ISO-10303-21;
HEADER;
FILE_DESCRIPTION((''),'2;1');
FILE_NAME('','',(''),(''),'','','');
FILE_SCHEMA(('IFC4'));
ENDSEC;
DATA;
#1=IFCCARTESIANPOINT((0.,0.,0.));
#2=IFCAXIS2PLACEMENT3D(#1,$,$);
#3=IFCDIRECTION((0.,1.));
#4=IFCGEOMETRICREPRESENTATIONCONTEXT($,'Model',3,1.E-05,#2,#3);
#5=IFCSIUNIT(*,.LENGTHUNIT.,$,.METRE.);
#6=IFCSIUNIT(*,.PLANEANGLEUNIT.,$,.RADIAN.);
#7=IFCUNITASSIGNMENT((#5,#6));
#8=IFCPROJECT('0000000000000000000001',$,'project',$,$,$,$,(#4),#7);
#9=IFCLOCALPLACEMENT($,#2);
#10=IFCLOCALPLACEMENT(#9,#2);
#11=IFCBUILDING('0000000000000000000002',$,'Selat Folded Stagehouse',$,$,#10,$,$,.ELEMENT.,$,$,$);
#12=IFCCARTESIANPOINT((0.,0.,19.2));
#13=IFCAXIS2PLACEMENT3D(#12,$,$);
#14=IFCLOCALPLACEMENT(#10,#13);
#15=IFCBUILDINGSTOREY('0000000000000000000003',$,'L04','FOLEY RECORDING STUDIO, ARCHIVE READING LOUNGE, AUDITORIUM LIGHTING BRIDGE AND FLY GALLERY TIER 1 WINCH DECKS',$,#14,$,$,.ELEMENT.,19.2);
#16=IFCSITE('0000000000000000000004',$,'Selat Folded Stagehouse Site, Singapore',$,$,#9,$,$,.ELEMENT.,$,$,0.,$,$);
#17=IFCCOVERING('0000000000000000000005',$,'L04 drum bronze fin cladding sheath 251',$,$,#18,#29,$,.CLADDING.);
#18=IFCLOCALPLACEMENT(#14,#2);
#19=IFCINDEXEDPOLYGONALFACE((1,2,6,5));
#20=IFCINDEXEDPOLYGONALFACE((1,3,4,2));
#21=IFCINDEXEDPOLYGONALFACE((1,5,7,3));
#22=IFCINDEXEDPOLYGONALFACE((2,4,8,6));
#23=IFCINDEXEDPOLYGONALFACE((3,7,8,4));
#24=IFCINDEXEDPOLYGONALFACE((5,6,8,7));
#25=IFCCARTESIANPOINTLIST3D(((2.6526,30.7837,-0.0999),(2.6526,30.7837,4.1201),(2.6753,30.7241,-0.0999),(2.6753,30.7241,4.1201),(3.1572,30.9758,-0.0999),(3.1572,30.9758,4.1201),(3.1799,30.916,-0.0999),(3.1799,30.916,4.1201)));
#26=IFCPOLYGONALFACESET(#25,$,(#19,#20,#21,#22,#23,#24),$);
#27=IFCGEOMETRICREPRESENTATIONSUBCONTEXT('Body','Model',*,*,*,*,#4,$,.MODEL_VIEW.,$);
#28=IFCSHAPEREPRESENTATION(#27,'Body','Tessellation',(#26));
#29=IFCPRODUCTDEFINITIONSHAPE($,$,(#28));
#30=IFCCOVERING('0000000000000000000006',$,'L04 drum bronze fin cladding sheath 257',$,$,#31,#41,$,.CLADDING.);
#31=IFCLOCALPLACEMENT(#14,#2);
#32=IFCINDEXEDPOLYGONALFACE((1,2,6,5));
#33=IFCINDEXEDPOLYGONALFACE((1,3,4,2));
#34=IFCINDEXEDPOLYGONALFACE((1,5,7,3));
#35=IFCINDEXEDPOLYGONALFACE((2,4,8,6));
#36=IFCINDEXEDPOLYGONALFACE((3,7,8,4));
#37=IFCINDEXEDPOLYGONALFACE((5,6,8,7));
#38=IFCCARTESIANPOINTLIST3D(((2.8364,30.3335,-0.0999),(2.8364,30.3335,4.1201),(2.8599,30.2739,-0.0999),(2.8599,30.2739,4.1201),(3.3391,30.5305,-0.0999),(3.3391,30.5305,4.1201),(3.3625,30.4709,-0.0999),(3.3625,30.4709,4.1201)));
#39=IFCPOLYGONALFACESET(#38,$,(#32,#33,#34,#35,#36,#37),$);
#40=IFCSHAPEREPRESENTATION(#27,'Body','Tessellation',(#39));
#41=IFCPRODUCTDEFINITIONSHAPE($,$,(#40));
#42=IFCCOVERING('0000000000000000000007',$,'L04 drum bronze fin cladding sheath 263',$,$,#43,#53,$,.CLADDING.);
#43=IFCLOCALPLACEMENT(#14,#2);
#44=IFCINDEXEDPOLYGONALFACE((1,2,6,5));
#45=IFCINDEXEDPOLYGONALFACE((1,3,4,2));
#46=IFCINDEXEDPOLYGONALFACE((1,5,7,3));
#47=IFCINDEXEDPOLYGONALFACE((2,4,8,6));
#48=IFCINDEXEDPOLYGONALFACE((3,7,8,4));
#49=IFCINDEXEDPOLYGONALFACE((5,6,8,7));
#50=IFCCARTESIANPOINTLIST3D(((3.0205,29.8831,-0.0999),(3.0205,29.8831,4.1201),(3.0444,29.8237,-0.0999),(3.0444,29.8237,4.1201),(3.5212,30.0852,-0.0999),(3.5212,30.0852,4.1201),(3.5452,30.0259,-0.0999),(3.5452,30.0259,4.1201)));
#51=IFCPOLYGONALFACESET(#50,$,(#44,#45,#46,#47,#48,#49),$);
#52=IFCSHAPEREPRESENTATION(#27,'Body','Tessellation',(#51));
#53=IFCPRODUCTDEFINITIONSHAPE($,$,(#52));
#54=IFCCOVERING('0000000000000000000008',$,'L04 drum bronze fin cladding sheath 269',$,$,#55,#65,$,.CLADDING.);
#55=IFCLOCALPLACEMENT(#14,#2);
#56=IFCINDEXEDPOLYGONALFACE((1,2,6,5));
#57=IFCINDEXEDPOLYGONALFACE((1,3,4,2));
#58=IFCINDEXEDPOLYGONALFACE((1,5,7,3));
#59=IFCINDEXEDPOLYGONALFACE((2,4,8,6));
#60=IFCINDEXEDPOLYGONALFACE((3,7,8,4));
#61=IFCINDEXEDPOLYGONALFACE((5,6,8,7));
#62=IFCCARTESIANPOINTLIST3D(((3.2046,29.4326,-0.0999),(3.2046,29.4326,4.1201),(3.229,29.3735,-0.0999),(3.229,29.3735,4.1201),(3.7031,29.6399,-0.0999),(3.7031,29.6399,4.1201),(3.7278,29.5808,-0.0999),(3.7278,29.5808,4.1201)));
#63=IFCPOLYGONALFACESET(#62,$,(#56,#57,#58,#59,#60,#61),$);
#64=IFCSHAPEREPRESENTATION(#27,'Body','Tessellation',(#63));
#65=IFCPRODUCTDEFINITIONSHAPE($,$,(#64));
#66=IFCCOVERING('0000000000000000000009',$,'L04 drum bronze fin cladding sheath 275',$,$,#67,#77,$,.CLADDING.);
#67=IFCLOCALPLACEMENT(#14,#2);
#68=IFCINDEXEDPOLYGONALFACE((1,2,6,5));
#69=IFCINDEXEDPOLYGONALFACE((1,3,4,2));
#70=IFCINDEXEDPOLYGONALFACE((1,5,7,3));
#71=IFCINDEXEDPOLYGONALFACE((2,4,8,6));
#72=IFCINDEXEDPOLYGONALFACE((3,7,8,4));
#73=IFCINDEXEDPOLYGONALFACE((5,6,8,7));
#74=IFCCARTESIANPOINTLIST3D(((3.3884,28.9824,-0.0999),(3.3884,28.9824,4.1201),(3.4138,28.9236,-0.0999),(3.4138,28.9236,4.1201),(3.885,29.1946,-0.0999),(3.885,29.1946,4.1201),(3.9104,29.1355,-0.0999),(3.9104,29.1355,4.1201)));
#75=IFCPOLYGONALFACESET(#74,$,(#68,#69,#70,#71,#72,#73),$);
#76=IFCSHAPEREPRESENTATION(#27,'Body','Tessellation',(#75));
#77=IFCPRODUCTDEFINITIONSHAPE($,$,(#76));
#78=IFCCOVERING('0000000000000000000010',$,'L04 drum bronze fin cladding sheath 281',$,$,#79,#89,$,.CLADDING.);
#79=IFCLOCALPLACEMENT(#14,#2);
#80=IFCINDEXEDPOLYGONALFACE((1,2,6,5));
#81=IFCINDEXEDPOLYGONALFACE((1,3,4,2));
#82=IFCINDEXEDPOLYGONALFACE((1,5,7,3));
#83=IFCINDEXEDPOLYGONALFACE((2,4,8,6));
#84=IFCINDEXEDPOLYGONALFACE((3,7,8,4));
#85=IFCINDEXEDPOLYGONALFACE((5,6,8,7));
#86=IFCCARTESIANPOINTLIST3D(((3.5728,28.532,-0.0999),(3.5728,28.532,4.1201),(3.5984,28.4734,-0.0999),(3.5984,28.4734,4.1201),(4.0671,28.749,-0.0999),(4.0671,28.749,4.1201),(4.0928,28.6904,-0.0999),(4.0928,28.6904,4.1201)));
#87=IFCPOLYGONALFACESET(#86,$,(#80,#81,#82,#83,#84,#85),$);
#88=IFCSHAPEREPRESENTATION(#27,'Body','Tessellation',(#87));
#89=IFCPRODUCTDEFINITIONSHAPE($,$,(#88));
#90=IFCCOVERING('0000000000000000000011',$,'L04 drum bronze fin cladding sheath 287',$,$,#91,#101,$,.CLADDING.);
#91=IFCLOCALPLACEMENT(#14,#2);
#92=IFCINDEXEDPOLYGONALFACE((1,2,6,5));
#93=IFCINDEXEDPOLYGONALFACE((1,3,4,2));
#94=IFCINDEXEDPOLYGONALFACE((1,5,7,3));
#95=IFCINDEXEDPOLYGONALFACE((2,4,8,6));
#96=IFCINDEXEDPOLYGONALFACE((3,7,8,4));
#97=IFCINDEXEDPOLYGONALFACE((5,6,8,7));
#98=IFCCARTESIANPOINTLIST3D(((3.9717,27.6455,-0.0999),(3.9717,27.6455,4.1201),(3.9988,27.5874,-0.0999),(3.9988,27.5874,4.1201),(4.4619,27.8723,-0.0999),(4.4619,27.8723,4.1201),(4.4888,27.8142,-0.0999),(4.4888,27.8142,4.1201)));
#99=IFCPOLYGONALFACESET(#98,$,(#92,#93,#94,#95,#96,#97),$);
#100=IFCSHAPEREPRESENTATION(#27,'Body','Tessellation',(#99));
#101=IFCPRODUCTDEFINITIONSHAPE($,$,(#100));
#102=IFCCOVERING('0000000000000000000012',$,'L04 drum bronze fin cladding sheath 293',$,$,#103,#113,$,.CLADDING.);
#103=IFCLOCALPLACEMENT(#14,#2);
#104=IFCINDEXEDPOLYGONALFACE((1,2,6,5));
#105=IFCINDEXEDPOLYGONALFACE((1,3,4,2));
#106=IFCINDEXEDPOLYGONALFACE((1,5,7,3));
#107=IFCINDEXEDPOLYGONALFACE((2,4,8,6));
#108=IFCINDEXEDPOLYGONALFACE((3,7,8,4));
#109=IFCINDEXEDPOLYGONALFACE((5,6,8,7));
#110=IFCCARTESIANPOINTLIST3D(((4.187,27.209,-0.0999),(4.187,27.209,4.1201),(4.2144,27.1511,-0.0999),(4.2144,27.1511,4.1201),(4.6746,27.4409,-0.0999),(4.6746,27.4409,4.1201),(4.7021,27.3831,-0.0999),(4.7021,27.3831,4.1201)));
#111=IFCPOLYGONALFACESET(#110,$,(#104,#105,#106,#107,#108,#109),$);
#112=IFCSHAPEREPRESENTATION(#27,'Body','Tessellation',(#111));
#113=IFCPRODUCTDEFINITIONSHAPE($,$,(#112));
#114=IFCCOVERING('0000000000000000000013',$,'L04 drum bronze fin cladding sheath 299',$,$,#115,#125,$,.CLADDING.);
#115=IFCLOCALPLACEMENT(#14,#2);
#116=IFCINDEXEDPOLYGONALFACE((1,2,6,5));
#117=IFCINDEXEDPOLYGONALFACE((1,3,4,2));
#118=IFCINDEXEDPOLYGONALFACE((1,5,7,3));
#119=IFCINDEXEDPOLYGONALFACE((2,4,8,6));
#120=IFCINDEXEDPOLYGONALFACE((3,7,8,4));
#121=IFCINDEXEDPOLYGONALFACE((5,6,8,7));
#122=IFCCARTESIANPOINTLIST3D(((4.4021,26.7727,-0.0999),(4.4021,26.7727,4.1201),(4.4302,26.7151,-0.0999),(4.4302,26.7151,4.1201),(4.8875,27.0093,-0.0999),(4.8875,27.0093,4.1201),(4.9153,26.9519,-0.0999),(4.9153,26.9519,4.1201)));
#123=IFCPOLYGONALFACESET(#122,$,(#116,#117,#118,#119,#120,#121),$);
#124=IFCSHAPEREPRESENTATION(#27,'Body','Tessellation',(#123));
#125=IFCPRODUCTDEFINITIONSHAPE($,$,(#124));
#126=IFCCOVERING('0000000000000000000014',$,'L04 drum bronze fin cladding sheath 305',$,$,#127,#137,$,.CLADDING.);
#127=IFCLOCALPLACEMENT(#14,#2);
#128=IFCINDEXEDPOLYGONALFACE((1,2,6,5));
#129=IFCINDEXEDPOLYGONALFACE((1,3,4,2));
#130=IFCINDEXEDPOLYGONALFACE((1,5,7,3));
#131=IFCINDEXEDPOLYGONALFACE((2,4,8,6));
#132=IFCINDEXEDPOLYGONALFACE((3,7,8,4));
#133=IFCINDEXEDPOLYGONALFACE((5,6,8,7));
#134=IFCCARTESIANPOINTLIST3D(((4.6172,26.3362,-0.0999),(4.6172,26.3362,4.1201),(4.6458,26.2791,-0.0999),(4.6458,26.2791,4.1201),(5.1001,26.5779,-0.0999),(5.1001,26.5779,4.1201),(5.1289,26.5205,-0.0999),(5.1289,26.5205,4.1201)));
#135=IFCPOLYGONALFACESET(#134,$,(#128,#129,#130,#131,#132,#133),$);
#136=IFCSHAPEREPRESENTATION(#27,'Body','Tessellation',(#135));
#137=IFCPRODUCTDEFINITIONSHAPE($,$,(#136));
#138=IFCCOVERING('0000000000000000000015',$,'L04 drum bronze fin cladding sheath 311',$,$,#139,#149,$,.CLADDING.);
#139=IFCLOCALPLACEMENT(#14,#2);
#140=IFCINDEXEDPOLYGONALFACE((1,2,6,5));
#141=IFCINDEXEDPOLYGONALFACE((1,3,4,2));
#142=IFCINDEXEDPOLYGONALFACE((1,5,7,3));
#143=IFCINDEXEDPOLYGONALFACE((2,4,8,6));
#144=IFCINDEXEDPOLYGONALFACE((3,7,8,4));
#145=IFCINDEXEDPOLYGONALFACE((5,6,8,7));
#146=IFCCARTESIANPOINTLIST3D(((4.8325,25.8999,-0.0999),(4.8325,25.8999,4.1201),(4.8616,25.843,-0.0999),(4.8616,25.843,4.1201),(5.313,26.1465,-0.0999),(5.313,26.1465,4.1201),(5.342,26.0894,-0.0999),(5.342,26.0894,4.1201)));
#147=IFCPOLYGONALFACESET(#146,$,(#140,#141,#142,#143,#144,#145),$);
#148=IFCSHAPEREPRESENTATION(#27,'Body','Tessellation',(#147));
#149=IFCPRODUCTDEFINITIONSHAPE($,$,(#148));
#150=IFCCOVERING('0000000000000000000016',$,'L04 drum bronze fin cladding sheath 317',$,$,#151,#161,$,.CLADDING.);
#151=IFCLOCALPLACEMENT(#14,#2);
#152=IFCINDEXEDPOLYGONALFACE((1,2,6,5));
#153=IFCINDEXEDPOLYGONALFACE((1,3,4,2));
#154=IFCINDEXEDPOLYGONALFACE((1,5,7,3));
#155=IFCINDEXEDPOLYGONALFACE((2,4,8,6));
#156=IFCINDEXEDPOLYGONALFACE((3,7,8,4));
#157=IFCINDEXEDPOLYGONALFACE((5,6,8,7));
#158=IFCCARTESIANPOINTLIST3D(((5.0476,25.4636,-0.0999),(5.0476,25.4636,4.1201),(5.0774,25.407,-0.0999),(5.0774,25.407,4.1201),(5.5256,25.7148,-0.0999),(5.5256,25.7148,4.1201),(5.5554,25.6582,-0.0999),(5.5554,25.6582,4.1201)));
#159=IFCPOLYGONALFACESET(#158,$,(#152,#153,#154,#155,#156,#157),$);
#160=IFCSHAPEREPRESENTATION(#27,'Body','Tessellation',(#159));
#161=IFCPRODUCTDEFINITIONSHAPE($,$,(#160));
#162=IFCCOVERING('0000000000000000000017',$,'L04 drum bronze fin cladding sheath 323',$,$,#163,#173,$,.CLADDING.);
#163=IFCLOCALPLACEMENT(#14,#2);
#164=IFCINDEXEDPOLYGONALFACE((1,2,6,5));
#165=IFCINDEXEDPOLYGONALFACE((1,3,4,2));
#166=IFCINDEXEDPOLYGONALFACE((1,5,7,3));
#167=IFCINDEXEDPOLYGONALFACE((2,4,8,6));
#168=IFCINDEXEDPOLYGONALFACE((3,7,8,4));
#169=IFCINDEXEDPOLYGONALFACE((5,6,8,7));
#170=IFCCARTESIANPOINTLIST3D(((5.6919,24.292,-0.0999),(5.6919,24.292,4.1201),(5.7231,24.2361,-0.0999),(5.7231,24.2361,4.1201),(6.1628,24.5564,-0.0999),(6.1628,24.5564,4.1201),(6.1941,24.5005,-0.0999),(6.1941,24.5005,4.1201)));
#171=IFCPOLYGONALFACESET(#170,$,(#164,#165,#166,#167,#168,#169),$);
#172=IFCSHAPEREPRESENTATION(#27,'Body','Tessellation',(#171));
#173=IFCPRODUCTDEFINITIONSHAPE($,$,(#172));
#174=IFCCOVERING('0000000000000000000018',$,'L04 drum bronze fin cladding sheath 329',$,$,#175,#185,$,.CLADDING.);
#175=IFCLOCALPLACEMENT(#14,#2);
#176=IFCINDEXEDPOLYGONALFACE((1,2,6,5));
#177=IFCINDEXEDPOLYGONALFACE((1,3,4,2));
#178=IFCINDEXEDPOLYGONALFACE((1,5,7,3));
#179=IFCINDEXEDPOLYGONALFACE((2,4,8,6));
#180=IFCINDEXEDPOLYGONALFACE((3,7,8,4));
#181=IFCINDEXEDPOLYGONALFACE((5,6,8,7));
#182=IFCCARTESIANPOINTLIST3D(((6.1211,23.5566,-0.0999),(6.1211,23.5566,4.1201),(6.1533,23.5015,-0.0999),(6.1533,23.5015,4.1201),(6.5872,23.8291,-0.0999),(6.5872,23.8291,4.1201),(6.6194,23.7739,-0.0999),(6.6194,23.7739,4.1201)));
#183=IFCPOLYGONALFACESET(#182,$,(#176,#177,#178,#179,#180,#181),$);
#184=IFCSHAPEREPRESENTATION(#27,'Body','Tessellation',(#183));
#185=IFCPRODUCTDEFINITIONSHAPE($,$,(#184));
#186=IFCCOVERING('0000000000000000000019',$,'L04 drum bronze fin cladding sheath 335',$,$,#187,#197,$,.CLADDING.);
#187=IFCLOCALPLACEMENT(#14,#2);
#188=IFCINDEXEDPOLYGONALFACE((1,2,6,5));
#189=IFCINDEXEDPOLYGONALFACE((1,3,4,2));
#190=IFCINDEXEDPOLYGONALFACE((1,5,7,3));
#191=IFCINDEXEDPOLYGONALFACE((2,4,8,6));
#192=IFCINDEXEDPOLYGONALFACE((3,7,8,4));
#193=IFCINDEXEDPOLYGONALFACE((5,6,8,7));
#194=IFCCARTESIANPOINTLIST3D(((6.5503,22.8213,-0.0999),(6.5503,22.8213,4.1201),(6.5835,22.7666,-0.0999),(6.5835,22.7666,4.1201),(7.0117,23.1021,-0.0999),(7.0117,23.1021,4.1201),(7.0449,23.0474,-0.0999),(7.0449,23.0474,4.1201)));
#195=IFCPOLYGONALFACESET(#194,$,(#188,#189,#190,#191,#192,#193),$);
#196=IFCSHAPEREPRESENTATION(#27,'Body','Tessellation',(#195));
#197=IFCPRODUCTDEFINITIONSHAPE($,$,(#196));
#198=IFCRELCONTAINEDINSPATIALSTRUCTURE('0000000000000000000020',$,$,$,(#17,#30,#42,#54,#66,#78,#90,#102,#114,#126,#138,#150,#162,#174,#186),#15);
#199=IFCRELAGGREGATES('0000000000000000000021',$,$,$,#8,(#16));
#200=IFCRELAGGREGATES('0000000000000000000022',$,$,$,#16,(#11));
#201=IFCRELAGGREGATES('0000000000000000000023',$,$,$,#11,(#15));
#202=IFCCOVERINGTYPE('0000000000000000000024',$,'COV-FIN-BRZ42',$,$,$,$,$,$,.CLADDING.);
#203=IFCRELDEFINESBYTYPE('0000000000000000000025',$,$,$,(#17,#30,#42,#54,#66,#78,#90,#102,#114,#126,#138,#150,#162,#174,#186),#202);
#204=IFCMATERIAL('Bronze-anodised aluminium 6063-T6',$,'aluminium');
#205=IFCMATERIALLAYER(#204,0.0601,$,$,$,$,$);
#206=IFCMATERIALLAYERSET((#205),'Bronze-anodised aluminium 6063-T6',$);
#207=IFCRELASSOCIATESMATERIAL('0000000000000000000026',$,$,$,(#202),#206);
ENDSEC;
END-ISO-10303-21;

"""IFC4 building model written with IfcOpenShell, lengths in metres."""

from ifc_helpers import new_model, si_unit, direction, frame, origin, place, context, subcontext, project, spatial, polyline, outline, extrude, material, layer, layer_set, type_object, element, save


model = new_model("IFC4")

# Units and contexts
model_context = context("Model", 3, precision=1e-05, world=origin(), true_north=direction((0.0, 1.0)))
body_context = subcontext(model_context, "Body", "Model", "MODEL_VIEW")
ifc_project = project(units=[si_unit("LENGTHUNIT", "METRE"), si_unit("PLANEANGLEUNIT", "RADIAN")], contexts=[model_context])

# Site, building, storey
site_placement = place(None, origin())
site = spatial("IfcSite", under=ifc_project, at=site_placement, Name="Selat Folded Stagehouse Site, Singapore", CompositionType="ELEMENT", RefElevation=0.0)
building_placement = place(site_placement, origin())
building = spatial("IfcBuilding", under=site, at=building_placement, Name="Selat Folded Stagehouse", CompositionType="ELEMENT")
storey_placement = place(building_placement, frame((0.0, 0.0, 19.2)))
storey = spatial("IfcBuildingStorey", under=building, at=storey_placement, Name="L04", Description="FOLEY RECORDING STUDIO, ARCHIVE READING LOUNGE, AUDITORIUM LIGHTING BRIDGE AND FLY GALLERY TIER 1 WINCH DECKS", CompositionType="ELEMENT", Elevation=19.2)

# Coverings
ifc_material = material(Name="Bronze-anodised aluminium 6063-T6", Category="aluminium")
ifc_layer = layer(ifc_material, 0.0601)
ifc_layer_set = layer_set([ifc_layer], Name="Bronze-anodised aluminium 6063-T6")
covering_type = type_object("IfcCoveringType", Name="COV-FIN-BRZ42", PredefinedType="CLADDING", material=ifc_layer_set)
covering_1_placement = place(storey_placement, frame((0.0, 0.0, -0.0999)))
element("IfcCovering", 1, at=covering_1_placement, inside=storey, type_object=covering_type, Name="L04 drum bronze fin cladding sheath 251", PredefinedType="CLADDING", context=body_context, shape_type="SweptSolid", body=[
    extrude(outline(polyline([(3.1572, 30.9758), (2.6526, 30.7837), (2.6753, 30.7241), (3.1799, 30.916), (3.1572, 30.9758)])), origin(), (0.0, 0.0, 1.0), 4.22),
])
covering_2_placement = place(storey_placement, frame((0.0, 0.0, -0.0999)))
element("IfcCovering", 2, at=covering_2_placement, inside=storey, type_object=covering_type, Name="L04 drum bronze fin cladding sheath 257", PredefinedType="CLADDING", context=body_context, shape_type="SweptSolid", body=[
    extrude(outline(polyline([(3.3391, 30.5305), (2.8364, 30.3335), (2.8599, 30.2739), (3.3625, 30.4709), (3.3391, 30.5305)])), origin(), (0.0, 0.0, 1.0), 4.22),
])
covering_3_placement = place(storey_placement, frame((0.0, 0.0, -0.0999)))
element("IfcCovering", 3, at=covering_3_placement, inside=storey, type_object=covering_type, Name="L04 drum bronze fin cladding sheath 263", PredefinedType="CLADDING", context=body_context, shape_type="SweptSolid", body=[
    extrude(outline(polyline([(3.5212, 30.0852), (3.0205, 29.8831), (3.0444, 29.8237), (3.5452, 30.0259), (3.5212, 30.0852)])), origin(), (0.0, 0.0, 1.0), 4.22),
])
covering_4_placement = place(storey_placement, frame((0.0, 0.0, -0.0999)))
element("IfcCovering", 4, at=covering_4_placement, inside=storey, type_object=covering_type, Name="L04 drum bronze fin cladding sheath 269", PredefinedType="CLADDING", context=body_context, shape_type="SweptSolid", body=[
    extrude(outline(polyline([(3.7031, 29.6399), (3.2046, 29.4326), (3.229, 29.3735), (3.7278, 29.5808), (3.7031, 29.6399)])), origin(), (0.0, 0.0, 1.0), 4.22),
])
covering_5_placement = place(storey_placement, frame((0.0, 0.0, -0.0999)))
element("IfcCovering", 5, at=covering_5_placement, inside=storey, type_object=covering_type, Name="L04 drum bronze fin cladding sheath 275", PredefinedType="CLADDING", context=body_context, shape_type="SweptSolid", body=[
    extrude(outline(polyline([(3.885, 29.1946), (3.3884, 28.9824), (3.4138, 28.9236), (3.9104, 29.1355), (3.885, 29.1946)])), origin(), (0.0, 0.0, 1.0), 4.22),
])
covering_6_placement = place(storey_placement, frame((0.0, 0.0, -0.0999)))
element("IfcCovering", 6, at=covering_6_placement, inside=storey, type_object=covering_type, Name="L04 drum bronze fin cladding sheath 281", PredefinedType="CLADDING", context=body_context, shape_type="SweptSolid", body=[
    extrude(outline(polyline([(4.0671, 28.749), (3.5728, 28.532), (3.5984, 28.4734), (4.0928, 28.6904), (4.0671, 28.749)])), origin(), (0.0, 0.0, 1.0), 4.22),
])
covering_7_placement = place(storey_placement, frame((0.0, 0.0, -0.0999)))
element("IfcCovering", 7, at=covering_7_placement, inside=storey, type_object=covering_type, Name="L04 drum bronze fin cladding sheath 287", PredefinedType="CLADDING", context=body_context, shape_type="SweptSolid", body=[
    extrude(outline(polyline([(4.4619, 27.8723), (3.9717, 27.6455), (3.9988, 27.5874), (4.4888, 27.8142), (4.4619, 27.8723)])), origin(), (0.0, 0.0, 1.0), 4.22),
])
covering_8_placement = place(storey_placement, frame((0.0, 0.0, -0.0999)))
element("IfcCovering", 8, at=covering_8_placement, inside=storey, type_object=covering_type, Name="L04 drum bronze fin cladding sheath 293", PredefinedType="CLADDING", context=body_context, shape_type="SweptSolid", body=[
    extrude(outline(polyline([(4.6746, 27.4409), (4.187, 27.209), (4.2144, 27.1511), (4.7021, 27.3831), (4.6746, 27.4409)])), origin(), (0.0, 0.0, 1.0), 4.22),
])
covering_9_placement = place(storey_placement, frame((0.0, 0.0, -0.0999)))
element("IfcCovering", 9, at=covering_9_placement, inside=storey, type_object=covering_type, Name="L04 drum bronze fin cladding sheath 299", PredefinedType="CLADDING", context=body_context, shape_type="SweptSolid", body=[
    extrude(outline(polyline([(4.8875, 27.0093), (4.4021, 26.7727), (4.4302, 26.7151), (4.9153, 26.9519), (4.8875, 27.0093)])), origin(), (0.0, 0.0, 1.0), 4.22),
])
covering_10_placement = place(storey_placement, frame((0.0, 0.0, -0.0999)))
element("IfcCovering", 10, at=covering_10_placement, inside=storey, type_object=covering_type, Name="L04 drum bronze fin cladding sheath 305", PredefinedType="CLADDING", context=body_context, shape_type="SweptSolid", body=[
    extrude(outline(polyline([(5.1001, 26.5779), (4.6172, 26.3362), (4.6458, 26.2791), (5.1289, 26.5205), (5.1001, 26.5779)])), origin(), (0.0, 0.0, 1.0), 4.22),
])
covering_11_placement = place(storey_placement, frame((0.0, 0.0, -0.0999)))
element("IfcCovering", 11, at=covering_11_placement, inside=storey, type_object=covering_type, Name="L04 drum bronze fin cladding sheath 311", PredefinedType="CLADDING", context=body_context, shape_type="SweptSolid", body=[
    extrude(outline(polyline([(5.313, 26.1465), (4.8325, 25.8999), (4.8616, 25.843), (5.342, 26.0894), (5.313, 26.1465)])), origin(), (0.0, 0.0, 1.0), 4.22),
])
covering_12_placement = place(storey_placement, frame((0.0, 0.0, -0.0999)))
element("IfcCovering", 12, at=covering_12_placement, inside=storey, type_object=covering_type, Name="L04 drum bronze fin cladding sheath 317", PredefinedType="CLADDING", context=body_context, shape_type="SweptSolid", body=[
    extrude(outline(polyline([(5.5256, 25.7148), (5.0476, 25.4636), (5.0774, 25.407), (5.5554, 25.6582), (5.5256, 25.7148)])), origin(), (0.0, 0.0, 1.0), 4.22),
])
covering_13_placement = place(storey_placement, frame((0.0, 0.0, -0.0999)))
element("IfcCovering", 13, at=covering_13_placement, inside=storey, type_object=covering_type, Name="L04 drum bronze fin cladding sheath 323", PredefinedType="CLADDING", context=body_context, shape_type="SweptSolid", body=[
    extrude(outline(polyline([(6.1628, 24.5564), (5.6919, 24.292), (5.7231, 24.2361), (6.1941, 24.5005), (6.1628, 24.5564)])), origin(), (0.0, 0.0, 1.0), 4.22),
])
covering_14_placement = place(storey_placement, frame((0.0, 0.0, -0.0999)))
element("IfcCovering", 14, at=covering_14_placement, inside=storey, type_object=covering_type, Name="L04 drum bronze fin cladding sheath 329", PredefinedType="CLADDING", context=body_context, shape_type="SweptSolid", body=[
    extrude(outline(polyline([(6.5872, 23.8291), (6.1211, 23.5566), (6.1533, 23.5015), (6.6194, 23.7739), (6.5872, 23.8291)])), origin(), (0.0, 0.0, 1.0), 4.22),
])
covering_15_placement = place(storey_placement, frame((0.0, 0.0, -0.0999)))
element("IfcCovering", 15, at=covering_15_placement, inside=storey, type_object=covering_type, Name="L04 drum bronze fin cladding sheath 335", PredefinedType="CLADDING", context=body_context, shape_type="SweptSolid", body=[
    extrude(outline(polyline([(7.0117, 23.1021), (6.5503, 22.8213), (6.5835, 22.7666), (7.0449, 23.0474), (7.0117, 23.1021)])), origin(), (0.0, 0.0, 1.0), 4.22),
])

save(model, "model.ifc")
